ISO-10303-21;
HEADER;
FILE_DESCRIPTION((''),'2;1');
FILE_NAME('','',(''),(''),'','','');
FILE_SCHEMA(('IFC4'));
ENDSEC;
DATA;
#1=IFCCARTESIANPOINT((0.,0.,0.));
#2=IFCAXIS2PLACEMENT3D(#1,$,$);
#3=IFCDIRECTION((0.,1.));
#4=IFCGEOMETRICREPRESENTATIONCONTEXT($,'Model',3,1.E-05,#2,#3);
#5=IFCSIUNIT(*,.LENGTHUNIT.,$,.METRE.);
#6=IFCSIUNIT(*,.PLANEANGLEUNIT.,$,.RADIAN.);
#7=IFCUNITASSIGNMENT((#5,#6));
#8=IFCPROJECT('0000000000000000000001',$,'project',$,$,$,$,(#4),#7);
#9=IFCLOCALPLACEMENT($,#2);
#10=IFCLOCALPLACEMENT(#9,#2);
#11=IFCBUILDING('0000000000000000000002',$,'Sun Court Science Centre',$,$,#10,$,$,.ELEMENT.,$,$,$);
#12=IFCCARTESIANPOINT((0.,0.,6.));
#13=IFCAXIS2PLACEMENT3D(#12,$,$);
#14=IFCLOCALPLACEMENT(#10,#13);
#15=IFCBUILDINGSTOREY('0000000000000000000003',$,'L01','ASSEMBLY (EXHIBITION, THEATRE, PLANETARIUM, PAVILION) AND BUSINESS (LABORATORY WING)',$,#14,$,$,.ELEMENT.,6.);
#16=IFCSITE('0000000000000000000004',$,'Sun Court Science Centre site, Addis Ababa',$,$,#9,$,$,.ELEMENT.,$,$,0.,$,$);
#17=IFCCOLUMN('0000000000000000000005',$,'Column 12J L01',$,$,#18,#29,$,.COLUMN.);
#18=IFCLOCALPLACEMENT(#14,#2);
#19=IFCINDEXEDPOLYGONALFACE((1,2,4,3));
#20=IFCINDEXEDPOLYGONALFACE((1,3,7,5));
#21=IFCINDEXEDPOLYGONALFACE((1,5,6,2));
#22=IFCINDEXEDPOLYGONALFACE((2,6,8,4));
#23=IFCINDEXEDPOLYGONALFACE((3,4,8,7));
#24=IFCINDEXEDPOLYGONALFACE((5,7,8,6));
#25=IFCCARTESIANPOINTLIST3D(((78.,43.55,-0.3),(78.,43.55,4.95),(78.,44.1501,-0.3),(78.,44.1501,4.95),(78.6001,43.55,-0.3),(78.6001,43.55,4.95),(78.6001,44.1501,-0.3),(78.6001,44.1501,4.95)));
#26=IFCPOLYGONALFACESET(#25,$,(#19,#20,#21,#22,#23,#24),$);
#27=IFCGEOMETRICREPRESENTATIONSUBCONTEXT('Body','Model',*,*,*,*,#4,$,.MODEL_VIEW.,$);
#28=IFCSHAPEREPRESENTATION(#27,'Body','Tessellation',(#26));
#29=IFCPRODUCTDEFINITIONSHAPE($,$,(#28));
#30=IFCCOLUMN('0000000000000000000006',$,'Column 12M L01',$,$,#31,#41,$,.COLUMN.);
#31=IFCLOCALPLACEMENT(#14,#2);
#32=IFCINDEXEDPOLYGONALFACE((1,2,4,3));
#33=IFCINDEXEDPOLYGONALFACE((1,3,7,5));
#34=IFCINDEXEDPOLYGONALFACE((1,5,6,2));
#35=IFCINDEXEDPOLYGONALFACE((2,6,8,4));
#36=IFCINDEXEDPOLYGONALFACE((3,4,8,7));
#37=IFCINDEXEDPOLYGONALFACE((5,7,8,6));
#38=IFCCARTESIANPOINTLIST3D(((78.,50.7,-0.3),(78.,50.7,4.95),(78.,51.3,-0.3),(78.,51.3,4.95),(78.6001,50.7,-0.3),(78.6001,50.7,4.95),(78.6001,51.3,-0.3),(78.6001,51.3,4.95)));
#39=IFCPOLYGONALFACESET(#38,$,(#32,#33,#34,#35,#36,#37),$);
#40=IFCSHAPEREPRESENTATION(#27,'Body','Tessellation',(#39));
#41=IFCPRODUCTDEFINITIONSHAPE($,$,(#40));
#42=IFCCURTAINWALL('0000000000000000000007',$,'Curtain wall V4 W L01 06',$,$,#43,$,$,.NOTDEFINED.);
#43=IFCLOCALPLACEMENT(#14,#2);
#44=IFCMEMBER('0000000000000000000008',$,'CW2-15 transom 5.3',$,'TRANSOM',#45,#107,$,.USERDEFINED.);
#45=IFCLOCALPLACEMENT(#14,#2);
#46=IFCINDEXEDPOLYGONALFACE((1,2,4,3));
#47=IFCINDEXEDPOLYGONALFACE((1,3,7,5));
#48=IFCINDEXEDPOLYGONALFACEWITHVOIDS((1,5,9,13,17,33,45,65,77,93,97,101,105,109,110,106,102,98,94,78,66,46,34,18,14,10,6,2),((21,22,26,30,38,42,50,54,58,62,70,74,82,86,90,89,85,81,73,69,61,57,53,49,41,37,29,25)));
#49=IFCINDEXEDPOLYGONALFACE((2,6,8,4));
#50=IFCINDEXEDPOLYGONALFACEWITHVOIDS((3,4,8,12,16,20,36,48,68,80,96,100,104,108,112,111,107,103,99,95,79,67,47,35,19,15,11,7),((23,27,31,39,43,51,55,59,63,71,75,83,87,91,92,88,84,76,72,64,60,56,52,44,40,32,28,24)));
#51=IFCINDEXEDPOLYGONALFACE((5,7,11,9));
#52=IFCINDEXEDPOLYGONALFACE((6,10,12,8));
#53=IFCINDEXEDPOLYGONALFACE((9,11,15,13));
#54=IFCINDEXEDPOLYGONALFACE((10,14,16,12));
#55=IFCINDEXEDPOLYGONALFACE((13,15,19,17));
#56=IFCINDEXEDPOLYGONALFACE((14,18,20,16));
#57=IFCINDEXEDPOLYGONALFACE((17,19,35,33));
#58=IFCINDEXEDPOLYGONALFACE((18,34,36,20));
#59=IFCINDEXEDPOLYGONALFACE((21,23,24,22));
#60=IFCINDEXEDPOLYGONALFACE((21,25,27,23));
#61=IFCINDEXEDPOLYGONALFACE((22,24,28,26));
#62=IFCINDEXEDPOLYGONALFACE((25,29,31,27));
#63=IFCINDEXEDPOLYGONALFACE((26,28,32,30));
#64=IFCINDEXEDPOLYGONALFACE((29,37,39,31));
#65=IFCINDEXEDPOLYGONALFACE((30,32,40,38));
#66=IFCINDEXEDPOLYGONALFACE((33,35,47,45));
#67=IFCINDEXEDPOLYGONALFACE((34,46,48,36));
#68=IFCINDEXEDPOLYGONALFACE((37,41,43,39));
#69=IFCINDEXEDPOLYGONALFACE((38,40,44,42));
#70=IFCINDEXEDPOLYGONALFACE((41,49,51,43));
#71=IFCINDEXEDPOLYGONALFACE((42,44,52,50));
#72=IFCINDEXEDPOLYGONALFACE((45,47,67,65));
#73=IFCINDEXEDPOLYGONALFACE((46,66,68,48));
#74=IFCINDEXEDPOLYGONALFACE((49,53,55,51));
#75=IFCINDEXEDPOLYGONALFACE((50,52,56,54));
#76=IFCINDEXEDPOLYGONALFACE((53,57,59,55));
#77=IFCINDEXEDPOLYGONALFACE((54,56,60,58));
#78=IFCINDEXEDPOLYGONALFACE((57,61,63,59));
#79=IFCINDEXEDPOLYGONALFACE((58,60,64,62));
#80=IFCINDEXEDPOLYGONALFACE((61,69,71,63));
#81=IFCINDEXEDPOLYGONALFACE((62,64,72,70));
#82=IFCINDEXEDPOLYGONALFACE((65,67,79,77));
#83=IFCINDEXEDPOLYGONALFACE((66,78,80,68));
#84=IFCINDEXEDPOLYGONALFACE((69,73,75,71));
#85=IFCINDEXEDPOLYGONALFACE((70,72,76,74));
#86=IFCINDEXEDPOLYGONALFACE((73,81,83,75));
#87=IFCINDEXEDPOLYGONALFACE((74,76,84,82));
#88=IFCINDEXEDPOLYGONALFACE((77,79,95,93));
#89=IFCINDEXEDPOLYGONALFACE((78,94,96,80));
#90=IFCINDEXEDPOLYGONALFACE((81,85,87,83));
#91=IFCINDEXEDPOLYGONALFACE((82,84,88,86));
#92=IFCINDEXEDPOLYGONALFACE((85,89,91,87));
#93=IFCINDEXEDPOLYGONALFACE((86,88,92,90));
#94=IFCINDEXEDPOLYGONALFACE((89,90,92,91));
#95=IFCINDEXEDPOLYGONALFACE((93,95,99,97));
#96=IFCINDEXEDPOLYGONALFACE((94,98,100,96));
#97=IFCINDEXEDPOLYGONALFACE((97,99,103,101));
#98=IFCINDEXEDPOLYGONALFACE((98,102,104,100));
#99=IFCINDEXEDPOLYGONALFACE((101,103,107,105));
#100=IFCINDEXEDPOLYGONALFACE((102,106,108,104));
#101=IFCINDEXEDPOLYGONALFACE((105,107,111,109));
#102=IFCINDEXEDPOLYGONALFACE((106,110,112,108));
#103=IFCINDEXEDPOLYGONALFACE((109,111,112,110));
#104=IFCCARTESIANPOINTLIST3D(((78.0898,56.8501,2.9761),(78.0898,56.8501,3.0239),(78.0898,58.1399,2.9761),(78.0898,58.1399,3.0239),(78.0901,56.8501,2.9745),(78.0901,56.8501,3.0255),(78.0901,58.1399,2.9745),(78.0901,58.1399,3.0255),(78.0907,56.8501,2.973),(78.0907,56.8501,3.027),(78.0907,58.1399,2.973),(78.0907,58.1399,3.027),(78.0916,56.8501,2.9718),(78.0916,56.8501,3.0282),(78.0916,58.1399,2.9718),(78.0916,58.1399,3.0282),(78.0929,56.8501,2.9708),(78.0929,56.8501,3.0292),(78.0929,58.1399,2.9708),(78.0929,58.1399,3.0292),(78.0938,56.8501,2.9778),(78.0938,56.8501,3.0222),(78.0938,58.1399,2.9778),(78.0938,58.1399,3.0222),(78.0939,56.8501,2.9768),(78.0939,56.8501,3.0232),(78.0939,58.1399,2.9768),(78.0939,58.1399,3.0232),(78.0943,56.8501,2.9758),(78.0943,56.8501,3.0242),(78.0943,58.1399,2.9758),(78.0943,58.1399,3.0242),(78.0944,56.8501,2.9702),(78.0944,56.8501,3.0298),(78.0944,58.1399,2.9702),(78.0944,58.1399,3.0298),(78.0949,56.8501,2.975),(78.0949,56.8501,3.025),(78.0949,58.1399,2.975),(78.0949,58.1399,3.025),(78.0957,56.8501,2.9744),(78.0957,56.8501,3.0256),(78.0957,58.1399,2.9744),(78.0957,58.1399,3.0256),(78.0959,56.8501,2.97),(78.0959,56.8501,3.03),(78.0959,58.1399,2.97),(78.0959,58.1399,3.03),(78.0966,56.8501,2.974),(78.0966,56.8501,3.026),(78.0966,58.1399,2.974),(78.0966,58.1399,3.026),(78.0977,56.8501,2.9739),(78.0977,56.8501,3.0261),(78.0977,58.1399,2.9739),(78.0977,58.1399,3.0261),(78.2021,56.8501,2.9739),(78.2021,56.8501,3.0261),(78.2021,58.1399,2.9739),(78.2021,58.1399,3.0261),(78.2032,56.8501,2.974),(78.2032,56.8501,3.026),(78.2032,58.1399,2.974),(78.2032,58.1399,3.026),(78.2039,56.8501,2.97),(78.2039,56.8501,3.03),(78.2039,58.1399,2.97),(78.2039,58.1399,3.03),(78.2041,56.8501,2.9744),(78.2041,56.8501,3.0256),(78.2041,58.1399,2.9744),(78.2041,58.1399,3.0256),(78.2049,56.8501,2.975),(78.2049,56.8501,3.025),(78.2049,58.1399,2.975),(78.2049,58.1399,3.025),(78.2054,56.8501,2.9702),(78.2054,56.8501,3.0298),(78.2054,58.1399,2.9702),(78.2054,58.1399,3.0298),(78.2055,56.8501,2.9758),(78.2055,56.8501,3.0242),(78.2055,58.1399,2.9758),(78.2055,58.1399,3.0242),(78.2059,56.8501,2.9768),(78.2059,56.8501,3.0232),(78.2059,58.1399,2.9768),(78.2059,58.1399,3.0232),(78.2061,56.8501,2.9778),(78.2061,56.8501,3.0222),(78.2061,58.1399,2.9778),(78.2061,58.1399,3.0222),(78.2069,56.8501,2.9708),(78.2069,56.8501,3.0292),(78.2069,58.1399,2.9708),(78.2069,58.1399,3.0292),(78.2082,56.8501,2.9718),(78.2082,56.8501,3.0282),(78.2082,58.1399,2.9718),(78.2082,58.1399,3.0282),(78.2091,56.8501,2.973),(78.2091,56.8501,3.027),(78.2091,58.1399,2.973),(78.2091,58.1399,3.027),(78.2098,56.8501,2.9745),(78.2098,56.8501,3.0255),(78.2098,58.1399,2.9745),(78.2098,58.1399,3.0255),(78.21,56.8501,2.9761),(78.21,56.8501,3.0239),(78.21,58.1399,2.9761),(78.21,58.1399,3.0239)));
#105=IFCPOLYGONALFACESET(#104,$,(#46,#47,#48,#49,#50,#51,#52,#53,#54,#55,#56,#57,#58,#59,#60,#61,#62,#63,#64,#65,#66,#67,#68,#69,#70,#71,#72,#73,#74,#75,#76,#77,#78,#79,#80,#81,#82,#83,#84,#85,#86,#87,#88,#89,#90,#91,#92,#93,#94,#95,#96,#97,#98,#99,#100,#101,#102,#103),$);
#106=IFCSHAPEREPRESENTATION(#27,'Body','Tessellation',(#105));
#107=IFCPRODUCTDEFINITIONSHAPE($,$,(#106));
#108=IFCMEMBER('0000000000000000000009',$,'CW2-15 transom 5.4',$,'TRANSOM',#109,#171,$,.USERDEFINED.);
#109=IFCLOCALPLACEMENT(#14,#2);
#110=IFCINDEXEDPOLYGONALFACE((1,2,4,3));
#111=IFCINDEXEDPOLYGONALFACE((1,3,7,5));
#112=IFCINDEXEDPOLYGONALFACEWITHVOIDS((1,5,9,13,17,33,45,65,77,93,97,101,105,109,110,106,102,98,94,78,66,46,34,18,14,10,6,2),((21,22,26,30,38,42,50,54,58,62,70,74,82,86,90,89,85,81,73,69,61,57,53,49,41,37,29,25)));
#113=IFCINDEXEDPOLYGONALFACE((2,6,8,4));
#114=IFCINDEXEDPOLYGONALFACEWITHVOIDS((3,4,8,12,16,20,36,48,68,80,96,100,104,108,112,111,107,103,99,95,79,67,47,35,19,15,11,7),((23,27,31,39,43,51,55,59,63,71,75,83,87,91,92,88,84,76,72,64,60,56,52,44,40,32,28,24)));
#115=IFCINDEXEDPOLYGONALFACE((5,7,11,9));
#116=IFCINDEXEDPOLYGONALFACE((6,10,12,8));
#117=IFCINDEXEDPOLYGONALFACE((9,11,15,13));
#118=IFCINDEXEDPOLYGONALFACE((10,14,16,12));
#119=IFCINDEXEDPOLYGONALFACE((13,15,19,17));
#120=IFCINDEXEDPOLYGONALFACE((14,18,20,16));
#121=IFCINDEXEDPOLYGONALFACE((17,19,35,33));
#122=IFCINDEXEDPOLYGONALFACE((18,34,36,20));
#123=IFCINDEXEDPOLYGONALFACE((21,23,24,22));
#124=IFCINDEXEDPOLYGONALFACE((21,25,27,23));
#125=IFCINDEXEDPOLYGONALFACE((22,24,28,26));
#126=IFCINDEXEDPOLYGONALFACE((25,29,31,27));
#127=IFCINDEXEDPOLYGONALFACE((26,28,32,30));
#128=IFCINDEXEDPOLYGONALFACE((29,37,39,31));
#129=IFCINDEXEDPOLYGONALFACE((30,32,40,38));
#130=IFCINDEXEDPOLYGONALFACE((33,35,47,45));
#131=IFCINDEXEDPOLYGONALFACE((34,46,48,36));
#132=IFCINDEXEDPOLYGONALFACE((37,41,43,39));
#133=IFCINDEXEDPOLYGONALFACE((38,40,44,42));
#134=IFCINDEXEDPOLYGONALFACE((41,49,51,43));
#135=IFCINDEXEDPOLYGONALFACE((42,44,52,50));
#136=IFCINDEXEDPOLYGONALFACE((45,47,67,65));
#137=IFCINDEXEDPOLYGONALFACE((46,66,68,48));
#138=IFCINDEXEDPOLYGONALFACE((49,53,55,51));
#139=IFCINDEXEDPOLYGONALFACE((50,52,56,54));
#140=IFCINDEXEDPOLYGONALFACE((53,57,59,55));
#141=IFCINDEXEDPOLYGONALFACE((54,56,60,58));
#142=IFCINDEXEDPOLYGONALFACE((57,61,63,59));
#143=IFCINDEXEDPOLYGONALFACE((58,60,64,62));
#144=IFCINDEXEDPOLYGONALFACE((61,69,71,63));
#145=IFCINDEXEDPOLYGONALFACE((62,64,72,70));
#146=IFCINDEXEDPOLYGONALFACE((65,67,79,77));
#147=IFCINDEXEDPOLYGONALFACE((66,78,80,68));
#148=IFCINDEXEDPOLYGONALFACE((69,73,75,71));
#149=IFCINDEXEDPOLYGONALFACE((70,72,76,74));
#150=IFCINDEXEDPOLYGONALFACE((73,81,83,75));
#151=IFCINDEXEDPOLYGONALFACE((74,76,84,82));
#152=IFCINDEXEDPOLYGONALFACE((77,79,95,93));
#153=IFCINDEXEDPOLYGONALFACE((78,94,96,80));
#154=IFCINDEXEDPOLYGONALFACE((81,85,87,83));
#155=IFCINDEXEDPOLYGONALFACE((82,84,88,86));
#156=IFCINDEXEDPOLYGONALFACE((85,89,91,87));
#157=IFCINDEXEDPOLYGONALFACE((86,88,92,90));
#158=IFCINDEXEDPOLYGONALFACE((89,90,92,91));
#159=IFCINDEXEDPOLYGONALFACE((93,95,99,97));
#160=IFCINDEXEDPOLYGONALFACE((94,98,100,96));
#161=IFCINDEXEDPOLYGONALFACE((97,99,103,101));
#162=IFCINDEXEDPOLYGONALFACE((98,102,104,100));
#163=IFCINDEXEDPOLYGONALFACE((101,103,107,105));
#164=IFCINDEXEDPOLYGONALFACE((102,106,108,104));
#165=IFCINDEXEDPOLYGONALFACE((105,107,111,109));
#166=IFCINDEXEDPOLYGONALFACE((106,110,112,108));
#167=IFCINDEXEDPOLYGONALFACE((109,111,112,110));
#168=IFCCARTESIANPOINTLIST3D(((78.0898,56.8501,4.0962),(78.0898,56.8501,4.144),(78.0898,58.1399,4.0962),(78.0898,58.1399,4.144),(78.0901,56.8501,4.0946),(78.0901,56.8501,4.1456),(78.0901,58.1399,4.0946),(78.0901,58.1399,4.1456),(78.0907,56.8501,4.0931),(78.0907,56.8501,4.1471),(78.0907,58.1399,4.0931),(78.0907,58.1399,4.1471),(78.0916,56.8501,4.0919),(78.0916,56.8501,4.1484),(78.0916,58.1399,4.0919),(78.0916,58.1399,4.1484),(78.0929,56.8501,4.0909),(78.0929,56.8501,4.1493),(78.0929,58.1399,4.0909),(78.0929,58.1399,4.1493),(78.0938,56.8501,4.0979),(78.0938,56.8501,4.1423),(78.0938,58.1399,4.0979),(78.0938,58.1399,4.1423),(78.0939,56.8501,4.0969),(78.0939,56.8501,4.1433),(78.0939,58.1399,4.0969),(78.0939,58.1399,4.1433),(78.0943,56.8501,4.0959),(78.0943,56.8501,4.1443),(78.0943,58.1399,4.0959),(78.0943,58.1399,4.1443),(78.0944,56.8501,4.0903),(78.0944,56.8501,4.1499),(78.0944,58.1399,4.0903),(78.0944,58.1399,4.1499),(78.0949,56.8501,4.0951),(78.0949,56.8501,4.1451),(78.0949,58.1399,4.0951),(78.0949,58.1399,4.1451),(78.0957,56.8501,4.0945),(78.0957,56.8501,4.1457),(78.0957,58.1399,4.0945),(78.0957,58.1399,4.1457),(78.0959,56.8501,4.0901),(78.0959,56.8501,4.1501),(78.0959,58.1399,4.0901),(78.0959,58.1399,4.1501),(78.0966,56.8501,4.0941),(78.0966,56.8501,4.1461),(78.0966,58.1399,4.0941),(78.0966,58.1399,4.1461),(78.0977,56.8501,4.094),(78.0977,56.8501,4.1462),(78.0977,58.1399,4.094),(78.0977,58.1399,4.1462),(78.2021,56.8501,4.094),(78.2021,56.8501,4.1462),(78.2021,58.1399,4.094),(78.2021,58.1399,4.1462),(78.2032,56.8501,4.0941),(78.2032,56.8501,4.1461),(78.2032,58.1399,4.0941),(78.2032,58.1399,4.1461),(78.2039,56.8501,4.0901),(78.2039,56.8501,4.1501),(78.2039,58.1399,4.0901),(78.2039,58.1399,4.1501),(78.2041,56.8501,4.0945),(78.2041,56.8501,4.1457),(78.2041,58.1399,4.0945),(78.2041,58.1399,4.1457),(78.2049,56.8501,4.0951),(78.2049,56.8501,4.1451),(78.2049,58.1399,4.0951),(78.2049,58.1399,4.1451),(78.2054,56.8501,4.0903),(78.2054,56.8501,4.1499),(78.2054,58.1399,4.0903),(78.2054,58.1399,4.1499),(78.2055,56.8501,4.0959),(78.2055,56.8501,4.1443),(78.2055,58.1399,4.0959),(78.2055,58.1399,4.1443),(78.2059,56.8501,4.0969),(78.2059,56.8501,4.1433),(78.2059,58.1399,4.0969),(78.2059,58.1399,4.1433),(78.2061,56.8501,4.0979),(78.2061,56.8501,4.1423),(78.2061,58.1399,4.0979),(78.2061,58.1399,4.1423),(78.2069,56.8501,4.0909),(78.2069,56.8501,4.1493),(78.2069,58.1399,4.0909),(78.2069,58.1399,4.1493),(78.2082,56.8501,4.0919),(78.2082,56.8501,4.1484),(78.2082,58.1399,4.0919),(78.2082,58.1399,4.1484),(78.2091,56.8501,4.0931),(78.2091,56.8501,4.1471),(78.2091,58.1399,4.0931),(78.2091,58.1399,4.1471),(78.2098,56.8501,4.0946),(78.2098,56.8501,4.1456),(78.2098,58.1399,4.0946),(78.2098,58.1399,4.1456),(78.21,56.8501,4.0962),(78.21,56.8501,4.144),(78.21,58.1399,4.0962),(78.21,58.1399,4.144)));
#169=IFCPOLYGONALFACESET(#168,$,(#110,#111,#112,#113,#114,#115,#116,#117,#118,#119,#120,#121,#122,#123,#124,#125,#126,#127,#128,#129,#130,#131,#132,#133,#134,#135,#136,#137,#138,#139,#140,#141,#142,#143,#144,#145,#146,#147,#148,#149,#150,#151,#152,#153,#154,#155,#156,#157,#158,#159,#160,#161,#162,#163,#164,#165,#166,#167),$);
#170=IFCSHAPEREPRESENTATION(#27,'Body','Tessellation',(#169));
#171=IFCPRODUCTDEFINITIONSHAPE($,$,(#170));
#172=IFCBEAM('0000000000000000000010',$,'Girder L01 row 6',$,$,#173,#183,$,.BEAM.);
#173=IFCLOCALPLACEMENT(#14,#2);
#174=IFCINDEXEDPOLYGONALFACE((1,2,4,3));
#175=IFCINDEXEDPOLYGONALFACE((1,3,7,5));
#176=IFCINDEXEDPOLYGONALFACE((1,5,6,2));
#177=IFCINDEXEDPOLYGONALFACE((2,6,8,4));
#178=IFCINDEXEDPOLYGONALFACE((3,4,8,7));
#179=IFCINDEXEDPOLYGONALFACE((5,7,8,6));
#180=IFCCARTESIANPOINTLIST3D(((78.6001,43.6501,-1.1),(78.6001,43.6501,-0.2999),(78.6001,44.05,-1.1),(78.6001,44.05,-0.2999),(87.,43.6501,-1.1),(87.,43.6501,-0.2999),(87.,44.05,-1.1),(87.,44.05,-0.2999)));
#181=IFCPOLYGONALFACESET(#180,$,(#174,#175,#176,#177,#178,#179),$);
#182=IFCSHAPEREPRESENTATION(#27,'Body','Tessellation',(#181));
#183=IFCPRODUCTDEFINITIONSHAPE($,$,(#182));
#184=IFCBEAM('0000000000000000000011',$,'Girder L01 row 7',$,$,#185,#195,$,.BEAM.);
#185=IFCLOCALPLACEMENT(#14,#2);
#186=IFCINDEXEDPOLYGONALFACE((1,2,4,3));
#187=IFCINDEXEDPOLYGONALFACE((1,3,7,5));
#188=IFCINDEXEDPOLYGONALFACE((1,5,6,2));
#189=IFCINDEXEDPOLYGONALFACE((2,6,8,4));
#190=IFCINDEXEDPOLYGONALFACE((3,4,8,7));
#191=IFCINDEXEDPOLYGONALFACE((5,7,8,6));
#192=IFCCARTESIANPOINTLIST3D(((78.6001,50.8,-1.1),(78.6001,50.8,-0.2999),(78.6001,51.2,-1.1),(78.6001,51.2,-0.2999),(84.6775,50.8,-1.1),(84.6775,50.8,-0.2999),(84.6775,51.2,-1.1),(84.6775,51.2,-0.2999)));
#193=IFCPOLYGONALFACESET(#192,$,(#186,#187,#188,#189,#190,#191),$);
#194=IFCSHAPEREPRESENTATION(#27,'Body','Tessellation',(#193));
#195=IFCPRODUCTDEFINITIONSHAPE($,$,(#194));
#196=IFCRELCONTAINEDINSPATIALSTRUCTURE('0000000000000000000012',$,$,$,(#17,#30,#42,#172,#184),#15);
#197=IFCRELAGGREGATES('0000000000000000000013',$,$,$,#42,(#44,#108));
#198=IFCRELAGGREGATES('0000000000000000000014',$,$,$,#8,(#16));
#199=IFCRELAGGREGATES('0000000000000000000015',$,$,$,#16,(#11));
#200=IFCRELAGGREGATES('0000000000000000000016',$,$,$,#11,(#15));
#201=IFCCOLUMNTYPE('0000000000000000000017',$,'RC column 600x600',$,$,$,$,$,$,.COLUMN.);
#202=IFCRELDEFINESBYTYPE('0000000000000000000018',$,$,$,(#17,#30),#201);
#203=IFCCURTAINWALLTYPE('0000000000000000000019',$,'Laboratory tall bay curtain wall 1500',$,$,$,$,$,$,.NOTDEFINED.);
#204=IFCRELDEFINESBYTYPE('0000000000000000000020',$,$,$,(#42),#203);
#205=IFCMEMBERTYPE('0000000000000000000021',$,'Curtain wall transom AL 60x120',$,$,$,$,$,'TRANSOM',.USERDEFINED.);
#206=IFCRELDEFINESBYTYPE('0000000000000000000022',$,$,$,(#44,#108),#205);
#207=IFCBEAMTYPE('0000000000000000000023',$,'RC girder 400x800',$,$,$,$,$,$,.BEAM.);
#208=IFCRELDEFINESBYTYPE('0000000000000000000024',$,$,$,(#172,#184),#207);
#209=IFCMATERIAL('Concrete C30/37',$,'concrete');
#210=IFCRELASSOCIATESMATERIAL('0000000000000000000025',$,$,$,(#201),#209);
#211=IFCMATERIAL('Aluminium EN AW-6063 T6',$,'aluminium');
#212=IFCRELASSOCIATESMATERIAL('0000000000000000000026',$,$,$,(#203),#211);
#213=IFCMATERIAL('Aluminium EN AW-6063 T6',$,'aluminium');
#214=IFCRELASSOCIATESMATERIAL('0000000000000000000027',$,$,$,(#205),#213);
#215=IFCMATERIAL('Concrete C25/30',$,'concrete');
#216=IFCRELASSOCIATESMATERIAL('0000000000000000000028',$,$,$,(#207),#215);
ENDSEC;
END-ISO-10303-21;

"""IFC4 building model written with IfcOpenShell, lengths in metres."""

from ifc_helpers import new_model, si_unit, direction, frame, origin, origin_2d, place, context, subcontext, project, spatial, rectangle, hollow_rectangle, extrude, material, material_profile, profile_set, type_object, element, aggregate, save


model = new_model("IFC4")

# Units and contexts
model_context = context("Model", 3, precision=1e-05, world=origin(), true_north=direction((0.0, 1.0)))
body_context = subcontext(model_context, "Body", "Model", "MODEL_VIEW")
ifc_project = project(units=[si_unit("LENGTHUNIT", "METRE"), si_unit("PLANEANGLEUNIT", "RADIAN")], contexts=[model_context])

# Site, building, storey
site_placement = place(None, origin())
site = spatial("IfcSite", under=ifc_project, at=site_placement, Name="Sun Court Science Centre site, Addis Ababa", CompositionType="ELEMENT", RefElevation=0.0)
building_placement = place(site_placement, origin())
building = spatial("IfcBuilding", under=site, at=building_placement, Name="Sun Court Science Centre", CompositionType="ELEMENT")
storey_placement = place(building_placement, frame((0.0, 0.0, 6.0)))
storey = spatial("IfcBuildingStorey", under=building, at=storey_placement, Name="L01", Description="ASSEMBLY (EXHIBITION, THEATRE, PLANETARIUM, PAVILION) AND BUSINESS (LABORATORY WING)", CompositionType="ELEMENT", Elevation=6.0)

# Columns
ifc_material_1 = material(Name="Concrete C30/37", Category="concrete")
ifc_material_profile_1 = material_profile(ifc_material_1, rectangle(XDim=0.6001, YDim=0.6001, at=origin_2d()), Name="RC 600x600")
ifc_profile_set_1 = profile_set([ifc_material_profile_1], Name="Concrete C30/37")
column_type = type_object("IfcColumnType", Name="RC column 600x600", PredefinedType="COLUMN", material=ifc_profile_set_1)
for number, where, z_axis, x_axis, name in (
    (1, (78.3, 43.8501, -0.3), (0.0, 0.0, 1.0), (1.0, 0.0, 0.0), "Column 12J L01"),
    (2, (78.3, 51.0, -0.3), (0.0, 0.0, 1.0), (1.0, 0.0, 0.0), "Column 12M L01"),
):
    element("IfcColumn", number, at=place(storey_placement, frame(where, z_axis=z_axis, x_axis=x_axis)), inside=storey, type_object=column_type, Name=name, PredefinedType="COLUMN", context=body_context, shape_type="SweptSolid", body=[
        extrude(rectangle(XDim=0.6001, YDim=0.6001, at=origin_2d()), origin(), (0.0, 0.0, 1.0), 5.25),
    ])

# Curtain wall, members
ifc_material_2 = material(Name="Aluminium EN AW-6063 T6", Category="aluminium")
curtain_wall_type = type_object("IfcCurtainWallType", Name="Laboratory tall bay curtain wall 1500", PredefinedType="NOTDEFINED", material=ifc_material_2)
curtain_wall_placement = place(storey_placement, origin())
curtain_wall = element("IfcCurtainWall", 3, at=curtain_wall_placement, inside=storey, type_object=curtain_wall_type, Name="Curtain wall V4 W L01 06", PredefinedType="NOTDEFINED")
ifc_material_3 = material(Name="Aluminium EN AW-6063 T6", Category="aluminium")
ifc_material_profile_2 = material_profile(ifc_material_3, hollow_rectangle(XDim=0.0601, YDim=0.1201, WallThickness=0.0039, InnerFilletRadius=0.0039, OuterFilletRadius=0.0061, at=origin_2d()), Name="AL 60x120x4")
ifc_profile_set_2 = profile_set([ifc_material_profile_2], Name="Aluminium EN AW-6063 T6")
member_type = type_object("IfcMemberType", Name="Curtain wall transom AL 60x120", ElementType="TRANSOM", PredefinedType="USERDEFINED", material=ifc_profile_set_2)
member_1_placement = place(storey_placement, frame((78.1499, 56.8501, 3.0), z_axis=(0.0, 1.0, 0.0), x_axis=(0.0, 0.0, 1.0)))
member_1 = element("IfcMember", 4, at=member_1_placement, type_object=member_type, Name="CW2-15 transom 5.3", ObjectType="TRANSOM", PredefinedType="USERDEFINED", context=body_context, shape_type="SweptSolid", body=[
    extrude(hollow_rectangle(XDim=0.0601, YDim=0.1201, WallThickness=0.0039, InnerFilletRadius=0.0039, OuterFilletRadius=0.0061, at=origin_2d()), origin(), (0.0, 0.0, 1.0), 1.2898),
])
member_2_placement = place(storey_placement, frame((78.1499, 56.8501, 4.1201), z_axis=(0.0, 1.0, 0.0), x_axis=(0.0, 0.0, 1.0)))
member_2 = element("IfcMember", 5, at=member_2_placement, type_object=member_type, Name="CW2-15 transom 5.4", ObjectType="TRANSOM", PredefinedType="USERDEFINED", context=body_context, shape_type="SweptSolid", body=[
    extrude(hollow_rectangle(XDim=0.0601, YDim=0.1201, WallThickness=0.0039, InnerFilletRadius=0.0039, OuterFilletRadius=0.0061, at=origin_2d()), origin(), (0.0, 0.0, 1.0), 1.2898),
])
aggregate(curtain_wall, [member_1, member_2])

# Beams
ifc_material_4 = material(Name="Concrete C25/30", Category="concrete")
ifc_material_profile_3 = material_profile(ifc_material_4, rectangle(XDim=0.3999, YDim=0.8, at=origin_2d()), Name="RC 400x800")
ifc_profile_set_3 = profile_set([ifc_material_profile_3], Name="Concrete C25/30")
beam_type_1 = type_object("IfcBeamType", Name="RC girder 400x800", PredefinedType="BEAM", material=ifc_profile_set_3)
beam_1_placement = place(storey_placement, frame((78.6001, 43.8501, -0.7), z_axis=(1.0, 0.0, 0.0), x_axis=(0.0, 1.0, 0.0)))
element("IfcBeam", 6, at=beam_1_placement, inside=storey, type_object=beam_type_1, Name="Girder L01 row 6", PredefinedType="BEAM", context=body_context, shape_type="SweptSolid", body=[
    extrude(rectangle(XDim=0.3999, YDim=0.8, at=origin_2d()), origin(), (0.0, 0.0, 1.0), 8.3999),
])
beam_2_placement = place(storey_placement, frame((78.6001, 51.0, -0.7), z_axis=(1.0, 0.0, 0.0), x_axis=(0.0, 1.0, 0.0)))
element("IfcBeam", 7, at=beam_2_placement, inside=storey, type_object=beam_type_1, Name="Girder L01 row 7", PredefinedType="BEAM", context=body_context, shape_type="SweptSolid", body=[
    extrude(rectangle(XDim=0.3999, YDim=0.8, at=origin_2d()), origin(), (0.0, 0.0, 1.0), 6.0774),
])

save(model, "model.ifc")
